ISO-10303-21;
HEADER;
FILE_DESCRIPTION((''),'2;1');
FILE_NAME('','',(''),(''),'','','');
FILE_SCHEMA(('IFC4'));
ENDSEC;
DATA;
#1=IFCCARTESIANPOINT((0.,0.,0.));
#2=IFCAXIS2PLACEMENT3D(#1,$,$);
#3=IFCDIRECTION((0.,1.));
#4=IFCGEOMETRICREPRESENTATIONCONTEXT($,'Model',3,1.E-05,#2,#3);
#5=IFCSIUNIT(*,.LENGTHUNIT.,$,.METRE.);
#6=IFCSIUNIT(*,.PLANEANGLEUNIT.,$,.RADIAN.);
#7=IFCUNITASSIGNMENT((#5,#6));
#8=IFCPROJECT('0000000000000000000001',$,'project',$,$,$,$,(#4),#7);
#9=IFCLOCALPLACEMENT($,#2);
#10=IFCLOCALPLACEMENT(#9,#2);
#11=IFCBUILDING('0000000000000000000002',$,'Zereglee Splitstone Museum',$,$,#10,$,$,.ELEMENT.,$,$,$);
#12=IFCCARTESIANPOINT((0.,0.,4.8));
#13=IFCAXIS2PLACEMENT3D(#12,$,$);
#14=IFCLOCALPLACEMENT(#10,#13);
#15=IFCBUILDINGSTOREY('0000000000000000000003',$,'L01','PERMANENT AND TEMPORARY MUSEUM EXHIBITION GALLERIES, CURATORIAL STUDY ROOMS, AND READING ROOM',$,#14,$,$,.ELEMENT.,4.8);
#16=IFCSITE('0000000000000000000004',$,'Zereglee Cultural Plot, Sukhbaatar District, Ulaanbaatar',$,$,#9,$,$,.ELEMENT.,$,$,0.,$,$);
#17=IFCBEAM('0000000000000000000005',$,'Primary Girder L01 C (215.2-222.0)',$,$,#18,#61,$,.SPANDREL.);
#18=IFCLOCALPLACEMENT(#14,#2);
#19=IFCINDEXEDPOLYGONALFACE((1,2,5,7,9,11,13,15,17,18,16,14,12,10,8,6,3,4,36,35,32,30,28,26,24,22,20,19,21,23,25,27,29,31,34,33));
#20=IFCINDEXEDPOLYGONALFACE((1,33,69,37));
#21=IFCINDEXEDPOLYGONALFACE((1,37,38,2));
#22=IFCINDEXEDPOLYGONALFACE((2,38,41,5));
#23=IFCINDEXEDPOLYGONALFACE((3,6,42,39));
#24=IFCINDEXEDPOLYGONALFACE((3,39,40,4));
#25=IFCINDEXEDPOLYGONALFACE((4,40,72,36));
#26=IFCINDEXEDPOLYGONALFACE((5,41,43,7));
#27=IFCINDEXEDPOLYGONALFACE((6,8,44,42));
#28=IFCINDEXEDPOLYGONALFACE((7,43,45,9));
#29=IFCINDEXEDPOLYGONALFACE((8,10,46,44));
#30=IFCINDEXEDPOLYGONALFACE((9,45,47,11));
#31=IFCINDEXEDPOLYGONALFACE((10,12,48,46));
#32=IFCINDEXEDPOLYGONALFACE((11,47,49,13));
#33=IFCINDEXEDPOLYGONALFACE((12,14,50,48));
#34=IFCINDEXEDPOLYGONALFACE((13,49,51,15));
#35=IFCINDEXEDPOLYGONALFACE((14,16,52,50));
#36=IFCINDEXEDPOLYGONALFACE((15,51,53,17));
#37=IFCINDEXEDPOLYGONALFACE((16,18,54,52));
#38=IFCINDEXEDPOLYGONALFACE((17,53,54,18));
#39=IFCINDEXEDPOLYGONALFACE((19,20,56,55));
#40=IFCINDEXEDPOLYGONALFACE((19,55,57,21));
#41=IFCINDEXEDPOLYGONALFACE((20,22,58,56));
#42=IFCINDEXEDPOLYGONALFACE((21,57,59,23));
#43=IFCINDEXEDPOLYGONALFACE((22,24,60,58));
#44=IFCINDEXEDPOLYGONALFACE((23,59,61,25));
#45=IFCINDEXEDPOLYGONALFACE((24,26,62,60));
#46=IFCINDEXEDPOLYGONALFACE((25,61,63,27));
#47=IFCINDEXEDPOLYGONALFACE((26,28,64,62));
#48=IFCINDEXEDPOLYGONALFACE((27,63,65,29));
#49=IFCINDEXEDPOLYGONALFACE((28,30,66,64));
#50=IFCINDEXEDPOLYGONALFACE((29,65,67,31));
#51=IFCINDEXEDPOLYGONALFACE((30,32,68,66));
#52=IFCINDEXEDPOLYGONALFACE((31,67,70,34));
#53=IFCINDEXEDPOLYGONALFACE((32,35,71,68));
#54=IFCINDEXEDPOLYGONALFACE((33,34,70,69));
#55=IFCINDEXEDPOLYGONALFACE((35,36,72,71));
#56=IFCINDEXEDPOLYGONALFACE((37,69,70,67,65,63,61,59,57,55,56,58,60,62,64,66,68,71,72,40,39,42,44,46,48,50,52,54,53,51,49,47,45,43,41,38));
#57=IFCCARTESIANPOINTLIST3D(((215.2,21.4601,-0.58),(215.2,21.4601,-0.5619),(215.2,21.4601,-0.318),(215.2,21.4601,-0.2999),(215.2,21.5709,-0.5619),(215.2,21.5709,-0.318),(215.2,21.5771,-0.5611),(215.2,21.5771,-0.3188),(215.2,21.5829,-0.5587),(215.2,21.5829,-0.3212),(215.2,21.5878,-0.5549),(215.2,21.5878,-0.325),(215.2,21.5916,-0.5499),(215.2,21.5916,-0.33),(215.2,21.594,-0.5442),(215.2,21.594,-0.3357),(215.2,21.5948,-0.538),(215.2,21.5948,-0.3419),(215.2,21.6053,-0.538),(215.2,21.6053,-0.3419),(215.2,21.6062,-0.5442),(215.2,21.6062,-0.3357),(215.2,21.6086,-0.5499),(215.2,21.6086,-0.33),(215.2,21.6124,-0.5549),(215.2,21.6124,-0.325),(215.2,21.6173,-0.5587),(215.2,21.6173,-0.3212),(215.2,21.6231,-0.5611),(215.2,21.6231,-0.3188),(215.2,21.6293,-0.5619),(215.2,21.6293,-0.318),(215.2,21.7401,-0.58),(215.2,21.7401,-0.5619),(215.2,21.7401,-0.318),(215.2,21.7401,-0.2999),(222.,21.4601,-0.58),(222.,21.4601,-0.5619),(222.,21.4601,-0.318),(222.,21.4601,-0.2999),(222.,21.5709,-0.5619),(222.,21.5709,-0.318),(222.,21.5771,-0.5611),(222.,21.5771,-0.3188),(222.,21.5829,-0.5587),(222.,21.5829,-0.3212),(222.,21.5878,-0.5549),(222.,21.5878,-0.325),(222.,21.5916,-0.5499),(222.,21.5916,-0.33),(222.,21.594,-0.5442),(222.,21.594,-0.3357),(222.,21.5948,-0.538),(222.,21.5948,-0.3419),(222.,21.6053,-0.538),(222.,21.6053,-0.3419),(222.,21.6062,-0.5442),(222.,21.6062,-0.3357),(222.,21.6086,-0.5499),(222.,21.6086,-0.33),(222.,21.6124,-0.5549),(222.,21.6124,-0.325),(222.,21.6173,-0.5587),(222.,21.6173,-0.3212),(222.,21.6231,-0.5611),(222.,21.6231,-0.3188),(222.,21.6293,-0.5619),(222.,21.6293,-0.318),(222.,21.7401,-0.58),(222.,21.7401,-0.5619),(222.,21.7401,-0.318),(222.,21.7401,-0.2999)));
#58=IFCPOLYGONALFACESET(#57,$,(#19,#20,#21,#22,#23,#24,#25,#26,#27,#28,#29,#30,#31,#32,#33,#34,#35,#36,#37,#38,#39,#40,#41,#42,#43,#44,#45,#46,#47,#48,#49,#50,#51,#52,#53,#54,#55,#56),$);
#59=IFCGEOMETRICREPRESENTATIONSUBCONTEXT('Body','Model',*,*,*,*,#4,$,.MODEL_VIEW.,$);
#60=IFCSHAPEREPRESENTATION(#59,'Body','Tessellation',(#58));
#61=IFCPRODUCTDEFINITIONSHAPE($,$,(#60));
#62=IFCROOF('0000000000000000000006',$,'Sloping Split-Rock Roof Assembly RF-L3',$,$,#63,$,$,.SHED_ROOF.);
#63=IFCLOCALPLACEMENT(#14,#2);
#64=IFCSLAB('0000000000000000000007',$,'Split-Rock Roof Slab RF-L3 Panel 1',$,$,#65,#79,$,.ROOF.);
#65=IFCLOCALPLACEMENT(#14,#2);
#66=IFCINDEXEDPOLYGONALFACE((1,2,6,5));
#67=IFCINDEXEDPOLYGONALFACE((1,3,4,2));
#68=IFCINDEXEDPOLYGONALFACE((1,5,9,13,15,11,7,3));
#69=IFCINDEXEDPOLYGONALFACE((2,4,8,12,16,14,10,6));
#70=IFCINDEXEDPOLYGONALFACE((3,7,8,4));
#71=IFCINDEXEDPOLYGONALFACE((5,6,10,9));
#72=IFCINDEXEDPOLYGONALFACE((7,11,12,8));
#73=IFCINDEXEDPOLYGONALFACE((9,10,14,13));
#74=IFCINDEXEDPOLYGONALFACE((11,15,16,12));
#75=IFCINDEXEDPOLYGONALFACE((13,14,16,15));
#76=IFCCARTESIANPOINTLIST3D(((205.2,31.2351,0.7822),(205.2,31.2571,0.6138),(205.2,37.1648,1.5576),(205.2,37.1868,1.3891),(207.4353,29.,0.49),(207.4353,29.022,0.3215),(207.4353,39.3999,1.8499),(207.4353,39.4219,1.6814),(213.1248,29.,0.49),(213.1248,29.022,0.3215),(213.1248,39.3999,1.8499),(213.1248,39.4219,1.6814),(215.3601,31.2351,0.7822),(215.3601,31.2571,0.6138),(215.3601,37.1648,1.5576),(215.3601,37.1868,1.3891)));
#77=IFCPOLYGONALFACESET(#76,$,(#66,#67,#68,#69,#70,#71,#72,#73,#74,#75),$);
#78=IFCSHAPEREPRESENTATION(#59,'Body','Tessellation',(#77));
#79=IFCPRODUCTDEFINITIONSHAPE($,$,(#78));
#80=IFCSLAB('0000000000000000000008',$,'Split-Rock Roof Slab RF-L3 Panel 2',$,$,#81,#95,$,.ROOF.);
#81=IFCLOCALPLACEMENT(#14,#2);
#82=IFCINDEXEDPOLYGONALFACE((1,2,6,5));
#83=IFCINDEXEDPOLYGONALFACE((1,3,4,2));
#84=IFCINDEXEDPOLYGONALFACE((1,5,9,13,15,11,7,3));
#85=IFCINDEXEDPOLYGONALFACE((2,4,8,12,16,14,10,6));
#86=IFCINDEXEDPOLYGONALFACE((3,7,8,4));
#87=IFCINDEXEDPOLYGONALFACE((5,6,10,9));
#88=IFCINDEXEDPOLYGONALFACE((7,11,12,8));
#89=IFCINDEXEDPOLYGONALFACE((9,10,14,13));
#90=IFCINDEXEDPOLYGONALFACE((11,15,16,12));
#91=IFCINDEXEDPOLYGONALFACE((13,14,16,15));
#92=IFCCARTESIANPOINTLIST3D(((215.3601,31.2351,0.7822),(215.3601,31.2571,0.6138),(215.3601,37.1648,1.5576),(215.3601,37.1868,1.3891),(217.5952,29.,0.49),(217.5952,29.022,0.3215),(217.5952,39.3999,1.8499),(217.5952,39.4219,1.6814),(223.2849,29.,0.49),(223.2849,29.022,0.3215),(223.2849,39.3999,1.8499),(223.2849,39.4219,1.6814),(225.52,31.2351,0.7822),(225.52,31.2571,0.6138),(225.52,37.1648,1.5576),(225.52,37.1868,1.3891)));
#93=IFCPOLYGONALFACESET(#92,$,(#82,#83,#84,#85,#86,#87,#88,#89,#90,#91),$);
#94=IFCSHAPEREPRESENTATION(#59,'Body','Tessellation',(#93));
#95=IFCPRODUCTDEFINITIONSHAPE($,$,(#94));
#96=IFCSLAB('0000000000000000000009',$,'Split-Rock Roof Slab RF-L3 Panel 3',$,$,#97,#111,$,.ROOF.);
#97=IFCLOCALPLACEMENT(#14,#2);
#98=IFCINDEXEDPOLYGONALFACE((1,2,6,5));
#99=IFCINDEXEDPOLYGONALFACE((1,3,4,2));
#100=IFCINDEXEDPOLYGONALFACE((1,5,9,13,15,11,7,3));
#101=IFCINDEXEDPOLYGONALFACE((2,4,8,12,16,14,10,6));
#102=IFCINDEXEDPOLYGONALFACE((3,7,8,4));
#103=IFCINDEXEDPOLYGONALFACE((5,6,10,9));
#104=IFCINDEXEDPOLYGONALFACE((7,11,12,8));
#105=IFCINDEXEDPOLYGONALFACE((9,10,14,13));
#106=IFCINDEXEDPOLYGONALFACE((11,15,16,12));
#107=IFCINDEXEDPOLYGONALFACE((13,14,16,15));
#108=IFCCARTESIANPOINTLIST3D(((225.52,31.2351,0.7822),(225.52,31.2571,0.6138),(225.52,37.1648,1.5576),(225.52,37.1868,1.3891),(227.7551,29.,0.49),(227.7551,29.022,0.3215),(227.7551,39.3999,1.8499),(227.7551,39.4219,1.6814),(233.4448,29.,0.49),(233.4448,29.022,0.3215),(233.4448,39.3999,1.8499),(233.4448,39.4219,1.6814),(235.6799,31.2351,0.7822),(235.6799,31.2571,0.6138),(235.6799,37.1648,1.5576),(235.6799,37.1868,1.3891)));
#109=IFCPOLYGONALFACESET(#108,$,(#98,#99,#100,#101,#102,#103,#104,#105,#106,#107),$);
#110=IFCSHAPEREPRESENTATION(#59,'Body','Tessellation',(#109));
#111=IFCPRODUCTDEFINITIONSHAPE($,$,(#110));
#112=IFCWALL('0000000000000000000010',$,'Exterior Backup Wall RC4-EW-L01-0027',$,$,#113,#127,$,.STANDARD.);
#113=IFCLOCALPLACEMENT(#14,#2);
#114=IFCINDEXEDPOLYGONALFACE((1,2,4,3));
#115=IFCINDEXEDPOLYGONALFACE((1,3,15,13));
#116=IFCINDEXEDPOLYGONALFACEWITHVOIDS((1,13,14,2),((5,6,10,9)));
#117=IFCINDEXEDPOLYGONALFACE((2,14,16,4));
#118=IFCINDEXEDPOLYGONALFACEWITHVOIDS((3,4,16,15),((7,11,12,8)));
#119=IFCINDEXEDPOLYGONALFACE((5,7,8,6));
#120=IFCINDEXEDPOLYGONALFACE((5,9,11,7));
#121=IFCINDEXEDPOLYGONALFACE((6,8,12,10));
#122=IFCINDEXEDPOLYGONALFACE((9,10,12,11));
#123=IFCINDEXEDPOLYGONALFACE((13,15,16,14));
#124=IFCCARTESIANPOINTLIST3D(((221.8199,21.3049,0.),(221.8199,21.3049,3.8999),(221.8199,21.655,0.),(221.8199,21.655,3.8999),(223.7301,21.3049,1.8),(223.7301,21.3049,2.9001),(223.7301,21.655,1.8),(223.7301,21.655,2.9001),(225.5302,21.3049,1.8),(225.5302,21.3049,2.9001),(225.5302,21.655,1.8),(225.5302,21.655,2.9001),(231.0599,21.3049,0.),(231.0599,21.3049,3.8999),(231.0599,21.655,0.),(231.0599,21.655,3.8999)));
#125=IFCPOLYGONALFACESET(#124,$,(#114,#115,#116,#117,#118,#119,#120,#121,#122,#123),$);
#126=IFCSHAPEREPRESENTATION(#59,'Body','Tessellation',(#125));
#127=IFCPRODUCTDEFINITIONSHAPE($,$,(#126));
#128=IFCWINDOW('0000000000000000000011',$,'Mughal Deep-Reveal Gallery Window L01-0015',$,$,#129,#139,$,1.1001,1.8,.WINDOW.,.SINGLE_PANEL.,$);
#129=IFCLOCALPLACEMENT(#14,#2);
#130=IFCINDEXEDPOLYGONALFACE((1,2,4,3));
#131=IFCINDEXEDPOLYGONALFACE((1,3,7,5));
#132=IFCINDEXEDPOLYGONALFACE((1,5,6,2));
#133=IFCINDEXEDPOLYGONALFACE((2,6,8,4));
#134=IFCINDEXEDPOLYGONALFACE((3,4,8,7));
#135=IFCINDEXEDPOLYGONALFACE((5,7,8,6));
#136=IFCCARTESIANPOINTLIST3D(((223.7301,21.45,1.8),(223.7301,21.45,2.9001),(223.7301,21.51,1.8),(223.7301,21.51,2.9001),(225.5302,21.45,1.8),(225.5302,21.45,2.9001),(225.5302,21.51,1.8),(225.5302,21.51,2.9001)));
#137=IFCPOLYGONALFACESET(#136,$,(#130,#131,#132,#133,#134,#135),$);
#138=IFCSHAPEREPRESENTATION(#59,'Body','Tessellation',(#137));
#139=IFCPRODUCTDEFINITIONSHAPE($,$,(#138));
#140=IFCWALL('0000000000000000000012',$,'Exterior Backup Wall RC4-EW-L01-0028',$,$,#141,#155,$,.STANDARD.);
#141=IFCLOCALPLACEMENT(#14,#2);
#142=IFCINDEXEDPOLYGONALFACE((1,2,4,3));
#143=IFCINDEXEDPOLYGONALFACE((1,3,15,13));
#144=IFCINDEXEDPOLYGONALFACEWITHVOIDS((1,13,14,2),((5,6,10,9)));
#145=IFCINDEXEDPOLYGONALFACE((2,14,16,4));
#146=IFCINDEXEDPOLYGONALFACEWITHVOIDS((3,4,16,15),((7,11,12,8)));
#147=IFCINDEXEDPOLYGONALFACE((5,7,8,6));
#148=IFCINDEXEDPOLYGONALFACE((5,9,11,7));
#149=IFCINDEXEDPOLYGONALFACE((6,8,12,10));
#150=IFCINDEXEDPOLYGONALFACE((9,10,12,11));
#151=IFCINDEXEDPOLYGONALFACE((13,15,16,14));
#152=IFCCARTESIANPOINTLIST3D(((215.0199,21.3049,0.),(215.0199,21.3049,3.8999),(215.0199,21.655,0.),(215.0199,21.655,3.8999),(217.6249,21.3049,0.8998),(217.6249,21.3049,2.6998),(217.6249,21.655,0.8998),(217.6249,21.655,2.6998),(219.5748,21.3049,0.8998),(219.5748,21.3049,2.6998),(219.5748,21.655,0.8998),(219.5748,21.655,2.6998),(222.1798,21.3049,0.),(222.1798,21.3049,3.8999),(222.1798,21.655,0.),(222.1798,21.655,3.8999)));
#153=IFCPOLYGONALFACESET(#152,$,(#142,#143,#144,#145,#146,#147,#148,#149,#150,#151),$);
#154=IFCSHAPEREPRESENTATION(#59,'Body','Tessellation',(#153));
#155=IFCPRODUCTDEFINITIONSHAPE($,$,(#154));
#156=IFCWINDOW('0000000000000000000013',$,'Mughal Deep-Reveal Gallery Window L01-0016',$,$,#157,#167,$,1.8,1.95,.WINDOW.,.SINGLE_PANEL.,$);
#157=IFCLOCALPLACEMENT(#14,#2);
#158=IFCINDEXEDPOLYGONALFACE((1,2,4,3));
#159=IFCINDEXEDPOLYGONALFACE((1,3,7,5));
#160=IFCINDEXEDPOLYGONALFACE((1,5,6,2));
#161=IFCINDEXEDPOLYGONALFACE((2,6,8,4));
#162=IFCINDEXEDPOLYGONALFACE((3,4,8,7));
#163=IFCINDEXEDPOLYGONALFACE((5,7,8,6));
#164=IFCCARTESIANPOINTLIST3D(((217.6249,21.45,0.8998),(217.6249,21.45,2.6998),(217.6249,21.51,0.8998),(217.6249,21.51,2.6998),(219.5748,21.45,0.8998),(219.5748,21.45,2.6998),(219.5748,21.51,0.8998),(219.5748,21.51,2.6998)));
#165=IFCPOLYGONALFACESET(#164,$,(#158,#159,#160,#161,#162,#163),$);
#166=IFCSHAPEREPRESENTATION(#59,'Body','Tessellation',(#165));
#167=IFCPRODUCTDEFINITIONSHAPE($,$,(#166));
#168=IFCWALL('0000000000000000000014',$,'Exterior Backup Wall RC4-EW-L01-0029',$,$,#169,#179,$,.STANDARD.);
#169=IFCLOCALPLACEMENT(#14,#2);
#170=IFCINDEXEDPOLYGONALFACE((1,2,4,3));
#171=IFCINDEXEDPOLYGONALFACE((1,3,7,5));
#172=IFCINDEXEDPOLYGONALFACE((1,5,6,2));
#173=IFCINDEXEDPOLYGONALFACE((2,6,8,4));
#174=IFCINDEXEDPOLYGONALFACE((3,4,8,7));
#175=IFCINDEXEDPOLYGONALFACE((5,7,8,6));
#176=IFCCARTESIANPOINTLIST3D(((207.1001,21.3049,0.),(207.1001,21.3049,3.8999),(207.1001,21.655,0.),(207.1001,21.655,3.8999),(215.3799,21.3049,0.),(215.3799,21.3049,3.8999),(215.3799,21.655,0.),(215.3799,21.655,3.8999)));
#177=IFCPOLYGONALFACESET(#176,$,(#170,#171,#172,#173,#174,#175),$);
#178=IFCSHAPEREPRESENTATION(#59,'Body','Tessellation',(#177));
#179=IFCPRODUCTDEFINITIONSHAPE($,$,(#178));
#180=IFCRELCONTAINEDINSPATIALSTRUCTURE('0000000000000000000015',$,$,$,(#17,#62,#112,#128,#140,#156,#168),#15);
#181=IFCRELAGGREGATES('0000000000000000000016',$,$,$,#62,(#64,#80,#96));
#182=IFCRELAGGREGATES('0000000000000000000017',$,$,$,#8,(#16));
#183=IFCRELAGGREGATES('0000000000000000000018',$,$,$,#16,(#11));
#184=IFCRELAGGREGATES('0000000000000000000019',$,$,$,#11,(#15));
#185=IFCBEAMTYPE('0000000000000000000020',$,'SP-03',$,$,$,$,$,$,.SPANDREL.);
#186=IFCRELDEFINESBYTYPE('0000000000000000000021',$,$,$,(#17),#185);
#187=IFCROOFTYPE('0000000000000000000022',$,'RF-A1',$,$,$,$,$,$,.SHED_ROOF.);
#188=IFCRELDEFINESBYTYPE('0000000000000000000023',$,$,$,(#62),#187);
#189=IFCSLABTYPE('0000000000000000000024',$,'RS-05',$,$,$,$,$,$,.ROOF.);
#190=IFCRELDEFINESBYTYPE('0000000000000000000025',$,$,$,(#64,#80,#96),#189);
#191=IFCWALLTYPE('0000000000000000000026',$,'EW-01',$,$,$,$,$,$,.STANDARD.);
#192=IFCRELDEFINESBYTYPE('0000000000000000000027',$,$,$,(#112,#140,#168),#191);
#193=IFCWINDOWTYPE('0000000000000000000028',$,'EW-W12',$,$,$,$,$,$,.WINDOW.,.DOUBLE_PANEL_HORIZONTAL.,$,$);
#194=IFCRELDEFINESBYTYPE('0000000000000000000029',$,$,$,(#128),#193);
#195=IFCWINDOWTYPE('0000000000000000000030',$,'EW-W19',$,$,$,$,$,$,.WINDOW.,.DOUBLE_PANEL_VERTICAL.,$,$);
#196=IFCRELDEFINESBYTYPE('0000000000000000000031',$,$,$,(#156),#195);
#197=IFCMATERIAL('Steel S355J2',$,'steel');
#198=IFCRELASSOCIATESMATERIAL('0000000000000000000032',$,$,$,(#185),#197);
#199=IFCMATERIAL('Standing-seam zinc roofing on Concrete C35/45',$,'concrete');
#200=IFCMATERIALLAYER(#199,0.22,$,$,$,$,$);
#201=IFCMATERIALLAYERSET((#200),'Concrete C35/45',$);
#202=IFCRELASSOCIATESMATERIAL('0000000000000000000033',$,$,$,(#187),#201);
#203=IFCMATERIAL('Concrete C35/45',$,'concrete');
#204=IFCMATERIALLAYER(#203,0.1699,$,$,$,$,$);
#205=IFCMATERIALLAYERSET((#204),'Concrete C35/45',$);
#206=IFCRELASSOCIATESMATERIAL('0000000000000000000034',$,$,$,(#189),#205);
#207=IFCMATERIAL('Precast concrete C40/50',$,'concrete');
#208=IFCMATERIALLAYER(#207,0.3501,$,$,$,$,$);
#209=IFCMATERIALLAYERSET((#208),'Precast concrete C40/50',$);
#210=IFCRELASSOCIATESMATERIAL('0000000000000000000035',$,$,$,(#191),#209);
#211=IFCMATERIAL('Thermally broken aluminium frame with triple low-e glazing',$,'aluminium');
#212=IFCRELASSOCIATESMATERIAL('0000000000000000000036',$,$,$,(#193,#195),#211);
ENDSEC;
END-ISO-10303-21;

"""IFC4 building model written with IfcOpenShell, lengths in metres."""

from ifc_helpers import new_model, si_unit, direction, frame, frame_2d, origin, origin_2d, place, context, subcontext, project, spatial, polyline, rectangle, i_section, outline, extrude, material, layer, layer_set, material_profile, profile_set, type_object, element, fill, aggregate, save


model = new_model("IFC4")

# Units and contexts
model_context = context("Model", 3, precision=1e-05, world=origin(), true_north=direction((0.0, 1.0)))
body_context = subcontext(model_context, "Body", "Model", "MODEL_VIEW")
ifc_project = project(units=[si_unit("LENGTHUNIT", "METRE"), si_unit("PLANEANGLEUNIT", "RADIAN")], contexts=[model_context])

# Site, building, storey
site_placement = place(None, origin())
site = spatial("IfcSite", under=ifc_project, at=site_placement, Name="Zereglee Cultural Plot, Sukhbaatar District, Ulaanbaatar", CompositionType="ELEMENT", RefElevation=0.0)
building_placement = place(site_placement, origin())
building = spatial("IfcBuilding", under=site, at=building_placement, Name="Zereglee Splitstone Museum", CompositionType="ELEMENT")
storey_placement = place(building_placement, frame((0.0, 0.0, 4.8)))
storey = spatial("IfcBuildingStorey", under=building, at=storey_placement, Name="L01", Description="PERMANENT AND TEMPORARY MUSEUM EXHIBITION GALLERIES, CURATORIAL STUDY ROOMS, AND READING ROOM", CompositionType="ELEMENT", Elevation=4.8)

# Shared definitions
ifc_material_1 = material(Name="Steel S355J2", Category="steel")

# Beam
ifc_material_profile_1 = material_profile(ifc_material_1, i_section(OverallWidth=0.28, OverallDepth=0.28, WebThickness=0.0105, FlangeThickness=0.0181, FilletRadius=0.0239, at=origin_2d()), Name="HE 280 B")
ifc_profile_set_1 = profile_set([ifc_material_profile_1], Name="Steel S355J2")
beam_type_1 = type_object("IfcBeamType", Name="SP-03", PredefinedType="SPANDREL", material=ifc_profile_set_1)
beam_1_placement = place(storey_placement, frame((215.2, 21.6001, -0.4399), z_axis=(1.0, 0.0, 0.0), x_axis=(0.0, 1.0, 0.0)))
element("IfcBeam", 1, at=beam_1_placement, inside=storey, type_object=beam_type_1, Name="Primary Girder L01 C (215.2-222.0)", PredefinedType="SPANDREL", context=body_context, shape_type="SweptSolid", body=[
    extrude(i_section(OverallWidth=0.28, OverallDepth=0.28, WebThickness=0.0105, FlangeThickness=0.0181, FilletRadius=0.0239, at=origin_2d()), origin(), (0.0, 0.0, 1.0), 6.8),
])

# Roof, slabs
ifc_material_2 = material(Name="Standing-seam zinc roofing on Concrete C35/45", Category="concrete")
ifc_layer_1 = layer(ifc_material_2, 0.22)
ifc_layer_set_1 = layer_set([ifc_layer_1], Name="Concrete C35/45")
roof_type = type_object("IfcRoofType", Name="RF-A1", PredefinedType="SHED_ROOF", material=ifc_layer_set_1)
roof_placement = place(storey_placement, origin())
roof = element("IfcRoof", 2, at=roof_placement, inside=storey, type_object=roof_type, Name="Sloping Split-Rock Roof Assembly RF-L3", PredefinedType="SHED_ROOF")
ifc_material_3 = material(Name="Concrete C35/45", Category="concrete")
ifc_layer_2 = layer(ifc_material_3, 0.1699)
ifc_layer_set_2 = layer_set([ifc_layer_2], Name="Concrete C35/45")
slab_type = type_object("IfcSlabType", Name="RS-05", PredefinedType="ROOF", material=ifc_layer_set_2)
slab_1_placement = place(storey_placement, frame((207.4353, 29.0, 0.49), z_axis=(0.0, -0.129655, 0.991559), x_axis=(1.0, 0.0, 0.0)))
slab_1 = element("IfcSlab", 3, at=slab_1_placement, type_object=slab_type, Name="Split-Rock Roof Slab RF-L3 Panel 1", PredefinedType="ROOF", context=body_context, shape_type="SweptSolid", body=[
    extrude(outline(polyline([(0.0, 0.0), (5.6895, 0.0), (7.9248, 2.2541), (7.9248, 8.2343), (5.6895, 10.4884), (0.0, 10.4884), (-2.2354, 8.2343), (-2.2354, 2.2541), (0.0, 0.0)])), origin(), (0.0, 0.0, -1.0), 0.1699),
])
slab_2_placement = place(storey_placement, frame((217.5952, 29.0, 0.49), z_axis=(0.0, -0.129655, 0.991559), x_axis=(1.0, 0.0, 0.0)))
slab_2 = element("IfcSlab", 4, at=slab_2_placement, type_object=slab_type, Name="Split-Rock Roof Slab RF-L3 Panel 2", PredefinedType="ROOF", context=body_context, shape_type="SweptSolid", body=[
    extrude(outline(polyline([(0.0, 0.0), (5.6897, 0.0), (7.9248, 2.2541), (7.9248, 8.2343), (5.6897, 10.4884), (0.0, 10.4884), (-2.2351, 8.2343), (-2.2351, 2.2541), (0.0, 0.0)])), origin(), (0.0, 0.0, -1.0), 0.1699),
])
slab_3_placement = place(storey_placement, frame((227.7551, 29.0, 0.49), z_axis=(0.0, -0.129655, 0.991559), x_axis=(1.0, 0.0, 0.0)))
slab_3 = element("IfcSlab", 5, at=slab_3_placement, type_object=slab_type, Name="Split-Rock Roof Slab RF-L3 Panel 3", PredefinedType="ROOF", context=body_context, shape_type="SweptSolid", body=[
    extrude(outline(polyline([(0.0, 0.0), (5.6897, 0.0), (7.9248, 2.2541), (7.9248, 8.2343), (5.6897, 10.4884), (0.0, 10.4884), (-2.2351, 8.2343), (-2.2351, 2.2541), (0.0, 0.0)])), origin(), (0.0, 0.0, -1.0), 0.1699),
])
aggregate(roof, [slab_1, slab_2, slab_3])

# Walls, openings, windows
ifc_material_4 = material(Name="Precast concrete C40/50", Category="concrete")
ifc_layer_3 = layer(ifc_material_4, 0.3501)
ifc_layer_set_3 = layer_set([ifc_layer_3], Name="Precast concrete C40/50")
wall_type = type_object("IfcWallType", Name="EW-01", PredefinedType="STANDARD", material=ifc_layer_set_3)
wall_1_placement = place(storey_placement, frame((231.0601, 21.48, 0.0), z_axis=(0.0, 0.0, 1.0), x_axis=(-1.0, 0.0, 0.0)))
wall_1 = element("IfcWall", 6, at=wall_1_placement, inside=storey, type_object=wall_type, Name="Exterior Backup Wall RC4-EW-L01-0027", PredefinedType="STANDARD", context=body_context, shape_type="SweptSolid", body=[
    extrude(rectangle(XDim=9.24, YDim=0.3501, at=frame_2d((4.6201, 0.0))), origin(), (0.0, 0.0, 1.0), 3.8999),
])
opening_1_placement = place(wall_1_placement, frame((5.53, 0.0, 1.8)))
opening_1 = element("IfcOpeningElement", 7, at=opening_1_placement, cuts=wall_1, PredefinedType="OPENING", context=body_context, shape_type="SweptSolid", body=[
    extrude(rectangle(XDim=1.8, YDim=1.1001, at=frame_2d((0.8999, 0.55))), frame((0.0, 0.1899, 0.0), z_axis=(0.0, -1.0, 0.0), x_axis=(1.0, 0.0, 0.0)), (0.0, 0.0, 1.0), 0.3799),
])
ifc_material_5 = material(Name="Thermally broken aluminium frame with triple low-e glazing", Category="aluminium")
window_type_1 = type_object("IfcWindowType", Name="EW-W12", PartitioningType="DOUBLE_PANEL_HORIZONTAL", PredefinedType="WINDOW", material=ifc_material_5)
window_1_placement = place(opening_1_placement, origin())
window_1 = element("IfcWindow", 8, at=window_1_placement, inside=storey, type_object=window_type_1, Name="Mughal Deep-Reveal Gallery Window L01-0015", OverallHeight=1.1001, OverallWidth=1.8, PartitioningType="SINGLE_PANEL", PredefinedType="WINDOW", context=body_context, shape_type="SweptSolid", body=[
    extrude(rectangle(XDim=1.8, YDim=1.1001, at=frame_2d((0.8999, 0.55))), frame((0.0, 0.03, 0.0), z_axis=(0.0, -1.0, 0.0), x_axis=(1.0, 0.0, 0.0)), (0.0, 0.0, 1.0), 0.0601),
])
fill(opening_1, window_1)
wall_2_placement = place(storey_placement, frame((222.1799, 21.48, 0.0), z_axis=(0.0, 0.0, 1.0), x_axis=(-1.0, 0.0, 0.0)))
wall_2 = element("IfcWall", 9, at=wall_2_placement, inside=storey, type_object=wall_type, Name="Exterior Backup Wall RC4-EW-L01-0028", PredefinedType="STANDARD", context=body_context, shape_type="SweptSolid", body=[
    extrude(rectangle(XDim=7.1599, YDim=0.3501, at=frame_2d((3.5801, 0.0))), origin(), (0.0, 0.0, 1.0), 3.8999),
])
opening_2_placement = place(wall_2_placement, frame((2.605, 0.0, 0.8999)))
opening_2 = element("IfcOpeningElement", 10, at=opening_2_placement, cuts=wall_2, PredefinedType="OPENING", context=body_context, shape_type="SweptSolid", body=[
    extrude(rectangle(XDim=1.95, YDim=1.8, at=frame_2d((0.9751, 0.8999))), frame((0.0, 0.1899, 0.0), z_axis=(0.0, -1.0, 0.0), x_axis=(1.0, 0.0, 0.0)), (0.0, 0.0, 1.0), 0.3799),
])
window_type_2 = type_object("IfcWindowType", Name="EW-W19", PartitioningType="DOUBLE_PANEL_VERTICAL", PredefinedType="WINDOW", material=ifc_material_5)
window_2_placement = place(opening_2_placement, origin())
window_2 = element("IfcWindow", 11, at=window_2_placement, inside=storey, type_object=window_type_2, Name="Mughal Deep-Reveal Gallery Window L01-0016", OverallHeight=1.8, OverallWidth=1.95, PartitioningType="SINGLE_PANEL", PredefinedType="WINDOW", context=body_context, shape_type="SweptSolid", body=[
    extrude(rectangle(XDim=1.95, YDim=1.8, at=frame_2d((0.9751, 0.8999))), frame((0.0, 0.03, 0.0), z_axis=(0.0, -1.0, 0.0), x_axis=(1.0, 0.0, 0.0)), (0.0, 0.0, 1.0), 0.0601),
])
fill(opening_2, window_2)

# Wall
wall_3_placement = place(storey_placement, frame((215.3799, 21.48, 0.0), z_axis=(0.0, 0.0, 1.0), x_axis=(-1.0, 0.0, 0.0)))
element("IfcWall", 12, at=wall_3_placement, inside=storey, type_object=wall_type, Name="Exterior Backup Wall RC4-EW-L01-0029", PredefinedType="STANDARD", context=body_context, shape_type="SweptSolid", body=[
    extrude(rectangle(XDim=8.2798, YDim=0.3501, at=frame_2d((4.1399, 0.0))), origin(), (0.0, 0.0, 1.0), 3.8999),
])

save(model, "model.ifc")
